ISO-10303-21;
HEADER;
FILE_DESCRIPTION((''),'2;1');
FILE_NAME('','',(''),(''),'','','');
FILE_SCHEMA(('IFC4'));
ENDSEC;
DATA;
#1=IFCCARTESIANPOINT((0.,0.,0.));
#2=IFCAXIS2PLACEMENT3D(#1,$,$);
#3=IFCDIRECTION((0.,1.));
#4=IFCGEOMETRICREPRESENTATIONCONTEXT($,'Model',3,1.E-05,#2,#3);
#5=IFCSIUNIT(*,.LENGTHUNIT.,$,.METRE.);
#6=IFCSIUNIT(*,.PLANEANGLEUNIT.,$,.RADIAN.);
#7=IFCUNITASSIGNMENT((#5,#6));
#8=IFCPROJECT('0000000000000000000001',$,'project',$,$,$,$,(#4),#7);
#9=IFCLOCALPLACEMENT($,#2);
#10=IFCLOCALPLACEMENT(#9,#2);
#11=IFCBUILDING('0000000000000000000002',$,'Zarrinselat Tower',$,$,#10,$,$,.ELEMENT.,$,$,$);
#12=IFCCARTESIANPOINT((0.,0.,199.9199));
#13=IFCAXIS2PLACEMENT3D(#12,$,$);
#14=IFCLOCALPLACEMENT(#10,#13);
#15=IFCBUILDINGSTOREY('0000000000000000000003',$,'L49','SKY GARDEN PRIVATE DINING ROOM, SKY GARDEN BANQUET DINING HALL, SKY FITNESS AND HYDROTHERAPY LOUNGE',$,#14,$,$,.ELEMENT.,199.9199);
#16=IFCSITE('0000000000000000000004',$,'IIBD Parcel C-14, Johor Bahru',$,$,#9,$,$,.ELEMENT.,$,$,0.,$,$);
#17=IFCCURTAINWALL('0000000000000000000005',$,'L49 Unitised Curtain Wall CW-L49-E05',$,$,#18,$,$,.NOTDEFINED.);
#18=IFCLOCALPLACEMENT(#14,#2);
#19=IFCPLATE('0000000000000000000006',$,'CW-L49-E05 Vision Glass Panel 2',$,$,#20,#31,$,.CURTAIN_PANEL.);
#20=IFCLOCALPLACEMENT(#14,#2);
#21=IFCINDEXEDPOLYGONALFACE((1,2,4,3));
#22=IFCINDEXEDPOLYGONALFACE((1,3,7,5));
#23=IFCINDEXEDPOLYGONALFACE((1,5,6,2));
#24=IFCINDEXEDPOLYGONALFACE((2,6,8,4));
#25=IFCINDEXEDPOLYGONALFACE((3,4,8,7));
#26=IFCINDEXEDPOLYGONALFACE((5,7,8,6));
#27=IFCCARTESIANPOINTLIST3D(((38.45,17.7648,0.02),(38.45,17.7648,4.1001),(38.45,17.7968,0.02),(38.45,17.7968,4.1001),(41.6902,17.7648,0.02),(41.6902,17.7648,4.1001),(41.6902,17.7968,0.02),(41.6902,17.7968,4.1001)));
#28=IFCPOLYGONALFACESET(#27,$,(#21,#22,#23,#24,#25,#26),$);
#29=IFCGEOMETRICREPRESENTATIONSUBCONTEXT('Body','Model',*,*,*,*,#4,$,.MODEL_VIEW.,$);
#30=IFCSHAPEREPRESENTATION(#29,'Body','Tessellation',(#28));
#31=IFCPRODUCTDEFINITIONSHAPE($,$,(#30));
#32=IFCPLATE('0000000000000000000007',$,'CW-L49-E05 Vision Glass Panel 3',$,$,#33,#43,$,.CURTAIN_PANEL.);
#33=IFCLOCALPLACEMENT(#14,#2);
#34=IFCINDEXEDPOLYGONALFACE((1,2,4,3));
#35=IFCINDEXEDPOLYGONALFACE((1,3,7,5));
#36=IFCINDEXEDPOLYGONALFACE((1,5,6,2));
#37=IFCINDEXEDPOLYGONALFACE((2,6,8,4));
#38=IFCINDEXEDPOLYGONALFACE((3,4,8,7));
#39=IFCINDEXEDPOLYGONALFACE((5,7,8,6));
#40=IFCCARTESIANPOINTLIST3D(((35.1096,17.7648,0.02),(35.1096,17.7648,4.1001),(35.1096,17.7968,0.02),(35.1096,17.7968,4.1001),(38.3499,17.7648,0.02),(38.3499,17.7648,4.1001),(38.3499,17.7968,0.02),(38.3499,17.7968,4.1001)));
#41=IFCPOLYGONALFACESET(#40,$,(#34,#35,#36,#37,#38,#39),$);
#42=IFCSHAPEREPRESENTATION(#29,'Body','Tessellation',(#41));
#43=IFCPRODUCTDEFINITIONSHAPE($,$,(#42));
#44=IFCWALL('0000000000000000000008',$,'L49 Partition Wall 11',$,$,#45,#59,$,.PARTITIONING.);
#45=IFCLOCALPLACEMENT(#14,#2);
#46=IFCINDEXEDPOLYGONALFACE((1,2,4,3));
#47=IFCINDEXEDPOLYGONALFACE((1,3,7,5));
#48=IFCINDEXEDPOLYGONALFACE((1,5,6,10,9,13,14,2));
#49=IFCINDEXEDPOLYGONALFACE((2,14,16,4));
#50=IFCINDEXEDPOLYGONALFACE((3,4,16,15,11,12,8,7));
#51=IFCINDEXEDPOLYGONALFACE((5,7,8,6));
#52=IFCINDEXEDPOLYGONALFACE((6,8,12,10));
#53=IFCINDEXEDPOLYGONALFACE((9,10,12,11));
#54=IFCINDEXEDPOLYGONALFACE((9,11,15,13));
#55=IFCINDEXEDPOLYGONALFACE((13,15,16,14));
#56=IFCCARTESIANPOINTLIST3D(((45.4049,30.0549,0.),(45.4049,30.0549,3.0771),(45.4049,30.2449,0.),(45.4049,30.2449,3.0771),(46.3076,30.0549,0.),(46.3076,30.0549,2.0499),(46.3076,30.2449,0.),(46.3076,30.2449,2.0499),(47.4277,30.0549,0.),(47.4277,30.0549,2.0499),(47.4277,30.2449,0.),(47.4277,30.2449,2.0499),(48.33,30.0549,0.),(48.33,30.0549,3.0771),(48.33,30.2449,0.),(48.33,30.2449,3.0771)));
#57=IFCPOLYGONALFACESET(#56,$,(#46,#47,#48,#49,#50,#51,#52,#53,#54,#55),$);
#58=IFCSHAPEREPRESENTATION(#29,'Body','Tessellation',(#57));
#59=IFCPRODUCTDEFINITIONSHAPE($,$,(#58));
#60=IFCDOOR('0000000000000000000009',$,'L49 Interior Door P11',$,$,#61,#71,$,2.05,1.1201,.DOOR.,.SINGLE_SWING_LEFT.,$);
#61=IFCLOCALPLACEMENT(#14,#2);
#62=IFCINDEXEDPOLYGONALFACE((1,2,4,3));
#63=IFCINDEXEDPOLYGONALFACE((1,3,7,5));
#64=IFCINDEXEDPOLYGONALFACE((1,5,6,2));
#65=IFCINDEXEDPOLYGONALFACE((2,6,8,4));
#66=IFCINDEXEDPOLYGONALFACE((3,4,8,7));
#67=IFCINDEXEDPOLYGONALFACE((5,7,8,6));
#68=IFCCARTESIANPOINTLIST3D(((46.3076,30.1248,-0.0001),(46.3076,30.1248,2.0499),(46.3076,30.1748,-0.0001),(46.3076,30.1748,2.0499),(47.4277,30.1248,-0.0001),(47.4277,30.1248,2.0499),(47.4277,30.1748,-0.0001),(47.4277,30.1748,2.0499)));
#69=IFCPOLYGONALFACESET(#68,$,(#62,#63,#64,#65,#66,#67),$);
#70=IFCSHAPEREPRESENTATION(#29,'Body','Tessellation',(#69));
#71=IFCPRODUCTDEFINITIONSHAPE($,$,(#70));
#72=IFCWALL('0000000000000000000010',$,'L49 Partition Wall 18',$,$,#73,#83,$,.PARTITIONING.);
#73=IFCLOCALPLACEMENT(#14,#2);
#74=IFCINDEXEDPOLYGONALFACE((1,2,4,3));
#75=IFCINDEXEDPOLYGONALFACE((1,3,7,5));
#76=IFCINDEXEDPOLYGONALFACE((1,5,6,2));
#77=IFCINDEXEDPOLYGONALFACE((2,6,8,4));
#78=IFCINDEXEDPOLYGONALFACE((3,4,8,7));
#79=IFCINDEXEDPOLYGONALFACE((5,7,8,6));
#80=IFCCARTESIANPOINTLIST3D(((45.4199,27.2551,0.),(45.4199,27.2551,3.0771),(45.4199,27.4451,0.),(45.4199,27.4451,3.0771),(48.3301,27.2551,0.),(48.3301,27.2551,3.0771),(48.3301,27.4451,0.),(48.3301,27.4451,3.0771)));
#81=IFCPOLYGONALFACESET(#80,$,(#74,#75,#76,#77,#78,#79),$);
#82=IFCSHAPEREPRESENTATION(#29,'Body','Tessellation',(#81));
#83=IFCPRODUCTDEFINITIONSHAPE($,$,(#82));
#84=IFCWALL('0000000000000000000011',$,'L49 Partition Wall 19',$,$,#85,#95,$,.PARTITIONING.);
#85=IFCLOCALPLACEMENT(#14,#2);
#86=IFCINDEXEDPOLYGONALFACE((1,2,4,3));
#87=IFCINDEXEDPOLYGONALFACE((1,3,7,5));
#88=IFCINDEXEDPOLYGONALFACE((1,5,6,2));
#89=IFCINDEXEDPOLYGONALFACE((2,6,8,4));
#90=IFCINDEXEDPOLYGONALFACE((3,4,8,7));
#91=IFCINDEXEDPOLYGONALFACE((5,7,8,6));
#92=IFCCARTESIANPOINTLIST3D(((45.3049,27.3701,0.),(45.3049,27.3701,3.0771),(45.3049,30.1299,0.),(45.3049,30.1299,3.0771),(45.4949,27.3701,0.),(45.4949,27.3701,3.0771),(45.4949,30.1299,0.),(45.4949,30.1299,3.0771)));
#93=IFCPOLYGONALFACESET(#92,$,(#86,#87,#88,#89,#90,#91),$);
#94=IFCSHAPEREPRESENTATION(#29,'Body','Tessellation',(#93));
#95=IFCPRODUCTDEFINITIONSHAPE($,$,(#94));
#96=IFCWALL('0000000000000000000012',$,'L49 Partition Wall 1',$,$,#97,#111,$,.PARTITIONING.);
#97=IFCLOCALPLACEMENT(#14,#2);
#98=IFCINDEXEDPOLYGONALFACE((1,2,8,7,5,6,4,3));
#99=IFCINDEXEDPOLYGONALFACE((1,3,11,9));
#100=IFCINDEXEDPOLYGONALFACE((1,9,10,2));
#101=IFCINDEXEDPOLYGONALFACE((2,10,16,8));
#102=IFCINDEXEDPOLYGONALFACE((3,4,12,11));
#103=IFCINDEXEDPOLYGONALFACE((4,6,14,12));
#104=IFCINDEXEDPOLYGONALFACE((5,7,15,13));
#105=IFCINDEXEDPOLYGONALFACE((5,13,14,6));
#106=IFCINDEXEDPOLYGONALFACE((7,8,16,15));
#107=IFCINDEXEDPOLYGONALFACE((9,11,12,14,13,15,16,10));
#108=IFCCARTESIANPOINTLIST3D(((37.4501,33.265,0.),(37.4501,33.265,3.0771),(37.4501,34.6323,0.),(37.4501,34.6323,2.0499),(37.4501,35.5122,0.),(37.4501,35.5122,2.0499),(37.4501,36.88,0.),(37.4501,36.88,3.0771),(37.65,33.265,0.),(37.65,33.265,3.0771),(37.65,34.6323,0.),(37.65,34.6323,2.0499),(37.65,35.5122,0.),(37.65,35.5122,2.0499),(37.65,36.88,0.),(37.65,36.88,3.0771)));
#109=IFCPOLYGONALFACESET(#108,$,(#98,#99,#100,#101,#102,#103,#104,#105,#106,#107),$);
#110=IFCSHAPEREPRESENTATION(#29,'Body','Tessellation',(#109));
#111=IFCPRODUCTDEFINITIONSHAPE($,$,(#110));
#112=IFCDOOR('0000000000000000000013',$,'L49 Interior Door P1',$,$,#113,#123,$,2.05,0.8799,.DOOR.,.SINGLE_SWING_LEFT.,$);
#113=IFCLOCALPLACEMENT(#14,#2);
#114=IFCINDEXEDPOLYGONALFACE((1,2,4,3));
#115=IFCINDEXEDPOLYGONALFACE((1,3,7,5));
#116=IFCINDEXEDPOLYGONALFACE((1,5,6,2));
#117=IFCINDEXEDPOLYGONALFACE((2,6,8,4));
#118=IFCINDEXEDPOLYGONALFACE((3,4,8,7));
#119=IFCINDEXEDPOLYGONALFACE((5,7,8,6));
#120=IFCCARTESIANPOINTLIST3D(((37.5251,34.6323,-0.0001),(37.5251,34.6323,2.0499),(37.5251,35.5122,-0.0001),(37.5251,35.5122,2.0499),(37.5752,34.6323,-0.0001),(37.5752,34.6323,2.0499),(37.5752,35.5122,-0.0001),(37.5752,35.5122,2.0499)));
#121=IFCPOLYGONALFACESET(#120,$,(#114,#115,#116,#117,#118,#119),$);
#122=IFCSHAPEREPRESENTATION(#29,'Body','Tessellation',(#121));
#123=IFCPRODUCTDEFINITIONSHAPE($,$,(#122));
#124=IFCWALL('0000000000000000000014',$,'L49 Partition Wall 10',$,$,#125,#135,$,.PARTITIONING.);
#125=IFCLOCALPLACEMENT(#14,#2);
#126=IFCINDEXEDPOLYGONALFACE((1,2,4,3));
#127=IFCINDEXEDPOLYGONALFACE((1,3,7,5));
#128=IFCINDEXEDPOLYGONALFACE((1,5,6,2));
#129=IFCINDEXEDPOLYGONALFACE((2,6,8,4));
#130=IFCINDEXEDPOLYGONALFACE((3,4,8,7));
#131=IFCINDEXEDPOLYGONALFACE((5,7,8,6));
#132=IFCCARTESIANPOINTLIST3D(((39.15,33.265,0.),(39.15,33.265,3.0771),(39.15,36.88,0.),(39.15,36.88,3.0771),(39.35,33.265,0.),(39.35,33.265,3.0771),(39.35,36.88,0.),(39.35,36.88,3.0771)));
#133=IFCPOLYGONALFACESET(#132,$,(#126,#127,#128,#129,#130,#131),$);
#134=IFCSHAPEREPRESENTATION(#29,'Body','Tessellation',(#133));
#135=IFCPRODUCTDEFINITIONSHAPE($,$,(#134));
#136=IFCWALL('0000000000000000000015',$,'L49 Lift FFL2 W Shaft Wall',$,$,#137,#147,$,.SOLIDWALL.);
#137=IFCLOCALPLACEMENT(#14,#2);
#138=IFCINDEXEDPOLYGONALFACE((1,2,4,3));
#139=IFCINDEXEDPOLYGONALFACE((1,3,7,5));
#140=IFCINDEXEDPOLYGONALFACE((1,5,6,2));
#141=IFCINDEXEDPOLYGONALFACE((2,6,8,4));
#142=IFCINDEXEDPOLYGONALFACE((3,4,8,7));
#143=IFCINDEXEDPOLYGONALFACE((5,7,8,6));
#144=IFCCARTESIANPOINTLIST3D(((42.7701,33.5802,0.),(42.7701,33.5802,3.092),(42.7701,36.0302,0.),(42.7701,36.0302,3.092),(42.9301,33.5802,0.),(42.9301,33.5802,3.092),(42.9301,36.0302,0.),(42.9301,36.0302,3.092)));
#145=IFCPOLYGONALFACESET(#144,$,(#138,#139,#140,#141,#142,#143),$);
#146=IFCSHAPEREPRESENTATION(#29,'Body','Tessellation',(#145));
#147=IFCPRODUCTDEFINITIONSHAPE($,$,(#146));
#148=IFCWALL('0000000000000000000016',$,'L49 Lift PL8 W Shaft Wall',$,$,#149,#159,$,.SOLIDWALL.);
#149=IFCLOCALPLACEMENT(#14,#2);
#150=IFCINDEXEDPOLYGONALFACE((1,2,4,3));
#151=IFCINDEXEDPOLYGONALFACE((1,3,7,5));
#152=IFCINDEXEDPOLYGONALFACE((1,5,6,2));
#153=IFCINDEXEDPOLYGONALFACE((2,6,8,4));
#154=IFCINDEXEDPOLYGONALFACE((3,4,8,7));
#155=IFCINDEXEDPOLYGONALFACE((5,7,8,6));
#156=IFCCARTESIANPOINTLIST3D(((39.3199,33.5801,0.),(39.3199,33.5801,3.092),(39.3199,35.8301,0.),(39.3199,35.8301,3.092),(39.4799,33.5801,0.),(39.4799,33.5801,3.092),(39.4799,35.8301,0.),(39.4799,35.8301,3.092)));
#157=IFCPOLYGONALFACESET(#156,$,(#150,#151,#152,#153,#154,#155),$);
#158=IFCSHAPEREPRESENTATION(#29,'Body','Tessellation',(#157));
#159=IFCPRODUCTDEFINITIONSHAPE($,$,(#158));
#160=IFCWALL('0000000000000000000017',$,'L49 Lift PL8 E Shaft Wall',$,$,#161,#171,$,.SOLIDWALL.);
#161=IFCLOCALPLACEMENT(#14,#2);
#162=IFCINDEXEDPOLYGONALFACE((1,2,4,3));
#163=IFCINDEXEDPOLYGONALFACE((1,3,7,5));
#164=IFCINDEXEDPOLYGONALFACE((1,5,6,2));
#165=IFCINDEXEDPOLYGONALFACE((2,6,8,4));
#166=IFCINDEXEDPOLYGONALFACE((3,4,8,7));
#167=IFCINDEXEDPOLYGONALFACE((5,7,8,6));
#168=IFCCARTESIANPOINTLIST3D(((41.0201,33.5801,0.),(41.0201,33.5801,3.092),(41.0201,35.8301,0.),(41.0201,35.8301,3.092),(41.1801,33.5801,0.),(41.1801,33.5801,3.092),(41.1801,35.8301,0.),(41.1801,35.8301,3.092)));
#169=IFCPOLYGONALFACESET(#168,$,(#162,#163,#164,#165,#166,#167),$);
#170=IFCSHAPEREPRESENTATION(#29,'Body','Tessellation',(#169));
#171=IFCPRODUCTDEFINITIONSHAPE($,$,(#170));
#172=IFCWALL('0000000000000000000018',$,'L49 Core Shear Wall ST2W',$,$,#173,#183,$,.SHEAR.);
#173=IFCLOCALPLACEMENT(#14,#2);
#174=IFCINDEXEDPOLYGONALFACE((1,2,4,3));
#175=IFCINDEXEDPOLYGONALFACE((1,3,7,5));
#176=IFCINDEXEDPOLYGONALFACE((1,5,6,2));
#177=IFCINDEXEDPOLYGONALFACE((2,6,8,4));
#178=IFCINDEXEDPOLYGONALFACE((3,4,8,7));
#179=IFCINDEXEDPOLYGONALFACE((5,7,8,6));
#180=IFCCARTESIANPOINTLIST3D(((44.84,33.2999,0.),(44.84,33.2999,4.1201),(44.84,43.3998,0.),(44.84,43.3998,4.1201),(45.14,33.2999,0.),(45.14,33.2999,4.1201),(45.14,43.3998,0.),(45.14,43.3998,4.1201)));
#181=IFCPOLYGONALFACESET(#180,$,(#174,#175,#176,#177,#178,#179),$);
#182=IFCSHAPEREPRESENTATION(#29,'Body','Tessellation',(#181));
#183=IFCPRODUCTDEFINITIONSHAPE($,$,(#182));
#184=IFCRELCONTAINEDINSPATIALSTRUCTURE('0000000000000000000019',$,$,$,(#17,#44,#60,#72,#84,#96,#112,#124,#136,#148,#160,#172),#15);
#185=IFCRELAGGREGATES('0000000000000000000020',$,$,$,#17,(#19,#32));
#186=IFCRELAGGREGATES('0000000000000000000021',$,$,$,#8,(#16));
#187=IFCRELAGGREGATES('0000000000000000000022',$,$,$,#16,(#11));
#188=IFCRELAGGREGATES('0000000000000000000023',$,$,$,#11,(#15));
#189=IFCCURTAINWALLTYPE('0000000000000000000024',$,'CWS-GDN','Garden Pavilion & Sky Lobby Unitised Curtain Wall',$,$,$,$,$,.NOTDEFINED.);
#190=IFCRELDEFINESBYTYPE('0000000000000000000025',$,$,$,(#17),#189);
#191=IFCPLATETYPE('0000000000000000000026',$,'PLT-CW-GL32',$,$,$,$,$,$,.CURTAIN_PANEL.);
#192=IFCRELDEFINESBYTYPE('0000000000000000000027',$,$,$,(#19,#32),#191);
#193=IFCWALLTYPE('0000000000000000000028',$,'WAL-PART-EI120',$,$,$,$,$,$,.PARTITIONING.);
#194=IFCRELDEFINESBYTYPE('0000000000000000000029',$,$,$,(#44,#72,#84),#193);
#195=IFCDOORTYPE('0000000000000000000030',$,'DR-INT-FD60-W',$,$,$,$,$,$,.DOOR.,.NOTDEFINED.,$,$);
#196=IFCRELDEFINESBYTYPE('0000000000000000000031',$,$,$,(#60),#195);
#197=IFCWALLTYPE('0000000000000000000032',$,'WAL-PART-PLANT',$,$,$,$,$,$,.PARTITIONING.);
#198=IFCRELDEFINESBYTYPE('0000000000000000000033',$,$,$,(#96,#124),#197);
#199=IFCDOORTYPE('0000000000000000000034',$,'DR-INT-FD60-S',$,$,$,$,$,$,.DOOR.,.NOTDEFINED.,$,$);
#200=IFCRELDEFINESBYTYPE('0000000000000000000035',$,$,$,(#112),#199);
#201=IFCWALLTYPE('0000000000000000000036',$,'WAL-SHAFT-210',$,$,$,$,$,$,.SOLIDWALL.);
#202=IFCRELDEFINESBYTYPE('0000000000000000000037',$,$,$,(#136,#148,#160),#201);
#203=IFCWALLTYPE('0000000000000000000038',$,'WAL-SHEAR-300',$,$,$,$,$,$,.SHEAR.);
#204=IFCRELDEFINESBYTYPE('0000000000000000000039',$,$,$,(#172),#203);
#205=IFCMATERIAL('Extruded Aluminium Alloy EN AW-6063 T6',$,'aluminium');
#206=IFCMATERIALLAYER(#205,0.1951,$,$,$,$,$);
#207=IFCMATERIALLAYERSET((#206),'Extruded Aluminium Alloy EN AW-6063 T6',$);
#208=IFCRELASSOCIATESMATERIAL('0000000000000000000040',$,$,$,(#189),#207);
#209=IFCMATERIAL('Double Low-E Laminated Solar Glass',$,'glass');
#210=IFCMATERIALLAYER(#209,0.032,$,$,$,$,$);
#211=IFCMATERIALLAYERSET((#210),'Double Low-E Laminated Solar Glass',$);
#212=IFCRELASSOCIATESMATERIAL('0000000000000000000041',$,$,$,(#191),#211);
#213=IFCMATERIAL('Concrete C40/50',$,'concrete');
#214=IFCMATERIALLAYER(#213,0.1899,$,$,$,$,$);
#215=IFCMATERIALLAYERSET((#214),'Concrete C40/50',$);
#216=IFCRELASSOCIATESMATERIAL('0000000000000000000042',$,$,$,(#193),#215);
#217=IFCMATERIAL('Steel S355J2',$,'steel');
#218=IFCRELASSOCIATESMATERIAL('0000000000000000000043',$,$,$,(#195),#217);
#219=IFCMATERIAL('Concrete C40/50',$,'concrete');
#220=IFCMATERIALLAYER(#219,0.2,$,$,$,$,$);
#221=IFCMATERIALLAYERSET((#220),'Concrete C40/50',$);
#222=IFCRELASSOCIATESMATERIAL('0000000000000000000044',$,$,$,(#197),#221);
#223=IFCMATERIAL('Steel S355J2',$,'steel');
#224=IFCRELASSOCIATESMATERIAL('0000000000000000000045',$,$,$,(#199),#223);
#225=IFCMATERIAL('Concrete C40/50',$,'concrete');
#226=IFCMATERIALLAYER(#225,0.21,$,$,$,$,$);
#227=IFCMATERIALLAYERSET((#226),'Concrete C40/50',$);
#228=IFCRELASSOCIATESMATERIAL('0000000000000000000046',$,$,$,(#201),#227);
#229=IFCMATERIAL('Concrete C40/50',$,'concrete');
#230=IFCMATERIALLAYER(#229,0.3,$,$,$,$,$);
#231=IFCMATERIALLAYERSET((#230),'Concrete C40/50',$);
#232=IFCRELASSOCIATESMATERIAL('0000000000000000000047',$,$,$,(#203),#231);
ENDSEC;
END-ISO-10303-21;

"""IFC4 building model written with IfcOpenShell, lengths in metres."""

from ifc_helpers import new_model, si_unit, direction, frame, frame_2d, origin, origin_2d, place, context, subcontext, project, spatial, rectangle, extrude, material, layer, layer_set, type_object, element, fill, aggregate, save


model = new_model("IFC4")

# Units and contexts
model_context = context("Model", 3, precision=1e-05, world=origin(), true_north=direction((0.0, 1.0)))
body_context = subcontext(model_context, "Body", "Model", "MODEL_VIEW")
ifc_project = project(units=[si_unit("LENGTHUNIT", "METRE"), si_unit("PLANEANGLEUNIT", "RADIAN")], contexts=[model_context])

# Site, building, storey
site_placement = place(None, origin())
site = spatial("IfcSite", under=ifc_project, at=site_placement, Name="IIBD Parcel C-14, Johor Bahru", CompositionType="ELEMENT", RefElevation=0.0)
building_placement = place(site_placement, origin())
building = spatial("IfcBuilding", under=site, at=building_placement, Name="Zarrinselat Tower", CompositionType="ELEMENT")
storey_placement = place(building_placement, frame((0.0, 0.0, 199.9199)))
storey = spatial("IfcBuildingStorey", under=building, at=storey_placement, Name="L49", Description="SKY GARDEN PRIVATE DINING ROOM, SKY GARDEN BANQUET DINING HALL, SKY FITNESS AND HYDROTHERAPY LOUNGE", CompositionType="ELEMENT", Elevation=199.9199)

# Curtain wall
ifc_material_1 = material(Name="Extruded Aluminium Alloy EN AW-6063 T6", Category="aluminium")
ifc_layer_1 = layer(ifc_material_1, 0.1951)
ifc_layer_set_1 = layer_set([ifc_layer_1], Name="Extruded Aluminium Alloy EN AW-6063 T6")
curtain_wall_type = type_object("IfcCurtainWallType", Name="CWS-GDN", Description="Garden Pavilion & Sky Lobby Unitised Curtain Wall", PredefinedType="NOTDEFINED", material=ifc_layer_set_1)
curtain_wall_1_placement = place(storey_placement, origin())
curtain_wall_1 = element("IfcCurtainWall", 1, at=curtain_wall_1_placement, inside=storey, type_object=curtain_wall_type, Name="L49 Unitised Curtain Wall CW-L49-E05", PredefinedType="NOTDEFINED")

# Plates
ifc_material_2 = material(Name="Double Low-E Laminated Solar Glass", Category="glass")
ifc_layer_2 = layer(ifc_material_2, 0.032)
ifc_layer_set_2 = layer_set([ifc_layer_2], Name="Double Low-E Laminated Solar Glass")
plate_type = type_object("IfcPlateType", Name="PLT-CW-GL32", PredefinedType="CURTAIN_PANEL", material=ifc_layer_set_2)
plate_1_placement = place(storey_placement, frame((40.0701, 17.7808, 0.02), z_axis=(0.0, 0.0, 1.0), x_axis=(-1.0, 0.0, 0.0)))
plate_1 = element("IfcPlate", 2, at=plate_1_placement, type_object=plate_type, Name="CW-L49-E05 Vision Glass Panel 2", PredefinedType="CURTAIN_PANEL", context=body_context, shape_type="SweptSolid", body=[
    extrude(rectangle(XDim=3.2402, YDim=0.032, at=origin_2d()), origin(), (0.0, 0.0, 1.0), 4.0801),
])
plate_2_placement = place(storey_placement, frame((36.7297, 17.7808, 0.02), z_axis=(0.0, 0.0, 1.0), x_axis=(-1.0, 0.0, 0.0)))
plate_2 = element("IfcPlate", 3, at=plate_2_placement, type_object=plate_type, Name="CW-L49-E05 Vision Glass Panel 3", PredefinedType="CURTAIN_PANEL", context=body_context, shape_type="SweptSolid", body=[
    extrude(rectangle(XDim=3.2402, YDim=0.032, at=origin_2d()), origin(), (0.0, 0.0, 1.0), 4.0801),
])
aggregate(curtain_wall_1, [plate_1, plate_2])

# Wall, opening, door
ifc_material_3 = material(Name="Concrete C40/50", Category="concrete")
ifc_layer_3 = layer(ifc_material_3, 0.1899)
ifc_layer_set_3 = layer_set([ifc_layer_3], Name="Concrete C40/50")
wall_type_1 = type_object("IfcWallType", Name="WAL-PART-EI120", PredefinedType="PARTITIONING", material=ifc_layer_set_3)
wall_1_placement = place(storey_placement, frame((45.405, 30.1499, 0.0), z_axis=(0.0, 0.0, 1.0), x_axis=(1.0, 0.0, 0.0)))
wall_1 = element("IfcWall", 4, at=wall_1_placement, inside=storey, type_object=wall_type_1, Name="L49 Partition Wall 11", PredefinedType="PARTITIONING", context=body_context, shape_type="SweptSolid", body=[
    extrude(rectangle(XDim=2.925, YDim=0.1899, at=frame_2d((1.4624, 0.0))), origin(), (0.0, 0.0, 1.0), 3.0771),
])
opening_1_placement = place(wall_1_placement, frame((0.9026, 0.0, 0.0)))
opening_1 = element("IfcOpeningElement", 5, at=opening_1_placement, cuts=wall_1, PredefinedType="OPENING", context=body_context, shape_type="SweptSolid", body=[
    extrude(rectangle(XDim=1.1201, YDim=2.05, at=frame_2d((0.5601, 1.0249))), frame((0.0, 0.105, 0.0), z_axis=(0.0, -1.0, 0.0), x_axis=(1.0, 0.0, 0.0)), (0.0, 0.0, 1.0), 0.21),
])
ifc_material_4 = material(Name="Steel S355J2", Category="steel")
door_type_1 = type_object("IfcDoorType", Name="DR-INT-FD60-W", OperationType="NOTDEFINED", PredefinedType="DOOR", material=ifc_material_4)
door_1_placement = place(opening_1_placement, origin())
door_1 = element("IfcDoor", 6, at=door_1_placement, inside=storey, type_object=door_type_1, Name="L49 Interior Door P11", OperationType="SINGLE_SWING_LEFT", OverallHeight=2.05, OverallWidth=1.1201, PredefinedType="DOOR", context=body_context, shape_type="SweptSolid", body=[
    extrude(rectangle(XDim=1.1201, YDim=2.05, at=frame_2d((0.5601, 1.0249))), frame((0.0, 0.0249, 0.0), z_axis=(0.0, -1.0, 0.0), x_axis=(1.0, 0.0, 0.0)), (0.0, 0.0, 1.0), 0.05),
])
fill(opening_1, door_1)

# Walls
wall_2_placement = place(storey_placement, frame((45.4199, 27.3501, 0.0), z_axis=(0.0, 0.0, 1.0), x_axis=(1.0, 0.0, 0.0)))
element("IfcWall", 7, at=wall_2_placement, inside=storey, type_object=wall_type_1, Name="L49 Partition Wall 18", PredefinedType="PARTITIONING", context=body_context, shape_type="SweptSolid", body=[
    extrude(rectangle(XDim=2.9102, YDim=0.1899, at=frame_2d((1.4551, 0.0))), origin(), (0.0, 0.0, 1.0), 3.0771),
])
wall_3_placement = place(storey_placement, frame((45.3999, 27.3701, 0.0), z_axis=(0.0, 0.0, 1.0), x_axis=(0.0, 1.0, 0.0)))
element("IfcWall", 8, at=wall_3_placement, inside=storey, type_object=wall_type_1, Name="L49 Partition Wall 19", PredefinedType="PARTITIONING", context=body_context, shape_type="SweptSolid", body=[
    extrude(rectangle(XDim=2.7598, YDim=0.1899, at=frame_2d((1.3799, 0.0))), origin(), (0.0, 0.0, 1.0), 3.0771),
])

# Wall, opening, door
ifc_material_5 = material(Name="Concrete C40/50", Category="concrete")
ifc_layer_4 = layer(ifc_material_5, 0.2)
ifc_layer_set_4 = layer_set([ifc_layer_4], Name="Concrete C40/50")
wall_type_2 = type_object("IfcWallType", Name="WAL-PART-PLANT", PredefinedType="PARTITIONING", material=ifc_layer_set_4)
wall_4_placement = place(storey_placement, frame((37.55, 33.2649, 0.0), z_axis=(0.0, 0.0, 1.0), x_axis=(0.0, 1.0, 0.0)))
wall_4 = element("IfcWall", 9, at=wall_4_placement, inside=storey, type_object=wall_type_2, Name="L49 Partition Wall 1", PredefinedType="PARTITIONING", context=body_context, shape_type="SweptSolid", body=[
    extrude(rectangle(XDim=3.615, YDim=0.2, at=frame_2d((1.8076, 0.0))), origin(), (0.0, 0.0, 1.0), 3.0771),
])
opening_2_placement = place(wall_4_placement, frame((1.3674, 0.0, 0.0)))
opening_2 = element("IfcOpeningElement", 10, at=opening_2_placement, cuts=wall_4, PredefinedType="OPENING", context=body_context, shape_type="SweptSolid", body=[
    extrude(rectangle(XDim=0.8799, YDim=2.05, at=frame_2d((0.4399, 1.0249))), frame((0.0, 0.1099, 0.0), z_axis=(0.0, -1.0, 0.0), x_axis=(1.0, 0.0, 0.0)), (0.0, 0.0, 1.0), 0.22),
])
ifc_material_6 = material(Name="Steel S355J2", Category="steel")
door_type_2 = type_object("IfcDoorType", Name="DR-INT-FD60-S", OperationType="NOTDEFINED", PredefinedType="DOOR", material=ifc_material_6)
door_2_placement = place(opening_2_placement, origin())
door_2 = element("IfcDoor", 11, at=door_2_placement, inside=storey, type_object=door_type_2, Name="L49 Interior Door P1", OperationType="SINGLE_SWING_LEFT", OverallHeight=2.05, OverallWidth=0.8799, PredefinedType="DOOR", context=body_context, shape_type="SweptSolid", body=[
    extrude(rectangle(XDim=0.8799, YDim=2.05, at=frame_2d((0.4399, 1.0249))), frame((0.0, 0.0249, 0.0), z_axis=(0.0, -1.0, 0.0), x_axis=(1.0, 0.0, 0.0)), (0.0, 0.0, 1.0), 0.05),
])
fill(opening_2, door_2)

# Walls
wall_5_placement = place(storey_placement, frame((39.25, 33.2649, 0.0), z_axis=(0.0, 0.0, 1.0), x_axis=(0.0, 1.0, 0.0)))
element("IfcWall", 12, at=wall_5_placement, inside=storey, type_object=wall_type_2, Name="L49 Partition Wall 10", PredefinedType="PARTITIONING", context=body_context, shape_type="SweptSolid", body=[
    extrude(rectangle(XDim=3.615, YDim=0.2, at=frame_2d((1.8076, 0.0))), origin(), (0.0, 0.0, 1.0), 3.0771),
])
ifc_material_7 = material(Name="Concrete C40/50", Category="concrete")
ifc_layer_5 = layer(ifc_material_7, 0.21)
ifc_layer_set_5 = layer_set([ifc_layer_5], Name="Concrete C40/50")
wall_type_3 = type_object("IfcWallType", Name="WAL-SHAFT-210", PredefinedType="SOLIDWALL", material=ifc_layer_set_5)
wall_6_placement = place(storey_placement, frame((42.8501, 33.5801, 0.0), z_axis=(0.0, 0.0, 1.0), x_axis=(0.0, 1.0, 0.0)))
element("IfcWall", 13, at=wall_6_placement, inside=storey, type_object=wall_type_3, Name="L49 Lift FFL2 W Shaft Wall", PredefinedType="SOLIDWALL", context=body_context, shape_type="SweptSolid", body=[
    extrude(rectangle(XDim=2.45, YDim=0.1599, at=frame_2d((1.2251, 0.0))), origin(), (0.0, 0.0, 1.0), 3.092),
])
for number, where, z_axis, x_axis, name in (
    (14, (39.3999, 33.5801, 0.0), (0.0, 0.0, 1.0), (0.0, 1.0, 0.0), "L49 Lift PL8 W Shaft Wall"),
    (15, (41.1001, 33.5801, 0.0), (0.0, 0.0, 1.0), (0.0, 1.0, 0.0), "L49 Lift PL8 E Shaft Wall"),
):
    element("IfcWall", number, at=place(storey_placement, frame(where, z_axis=z_axis, x_axis=x_axis)), inside=storey, type_object=wall_type_3, Name=name, PredefinedType="SOLIDWALL", context=body_context, shape_type="SweptSolid", body=[
        extrude(rectangle(XDim=2.25, YDim=0.1599, at=frame_2d((1.125, 0.0))), origin(), (0.0, 0.0, 1.0), 3.092),
    ])
ifc_material_8 = material(Name="Concrete C40/50", Category="concrete")
ifc_layer_6 = layer(ifc_material_8, 0.3)
ifc_layer_set_6 = layer_set([ifc_layer_6], Name="Concrete C40/50")
wall_type_4 = type_object("IfcWallType", Name="WAL-SHEAR-300", PredefinedType="SHEAR", material=ifc_layer_set_6)
wall_7_placement = place(storey_placement, frame((44.99, 33.3, 0.0), z_axis=(0.0, 0.0, 1.0), x_axis=(0.0, 1.0, 0.0)))
element("IfcWall", 16, at=wall_7_placement, inside=storey, type_object=wall_type_4, Name="L49 Core Shear Wall ST2W", PredefinedType="SHEAR", context=body_context, shape_type="SweptSolid", body=[
    extrude(rectangle(XDim=10.0999, YDim=0.3, at=frame_2d((5.0498, 0.0))), origin(), (0.0, 0.0, 1.0), 4.1201),
])

save(model, "model.ifc")
